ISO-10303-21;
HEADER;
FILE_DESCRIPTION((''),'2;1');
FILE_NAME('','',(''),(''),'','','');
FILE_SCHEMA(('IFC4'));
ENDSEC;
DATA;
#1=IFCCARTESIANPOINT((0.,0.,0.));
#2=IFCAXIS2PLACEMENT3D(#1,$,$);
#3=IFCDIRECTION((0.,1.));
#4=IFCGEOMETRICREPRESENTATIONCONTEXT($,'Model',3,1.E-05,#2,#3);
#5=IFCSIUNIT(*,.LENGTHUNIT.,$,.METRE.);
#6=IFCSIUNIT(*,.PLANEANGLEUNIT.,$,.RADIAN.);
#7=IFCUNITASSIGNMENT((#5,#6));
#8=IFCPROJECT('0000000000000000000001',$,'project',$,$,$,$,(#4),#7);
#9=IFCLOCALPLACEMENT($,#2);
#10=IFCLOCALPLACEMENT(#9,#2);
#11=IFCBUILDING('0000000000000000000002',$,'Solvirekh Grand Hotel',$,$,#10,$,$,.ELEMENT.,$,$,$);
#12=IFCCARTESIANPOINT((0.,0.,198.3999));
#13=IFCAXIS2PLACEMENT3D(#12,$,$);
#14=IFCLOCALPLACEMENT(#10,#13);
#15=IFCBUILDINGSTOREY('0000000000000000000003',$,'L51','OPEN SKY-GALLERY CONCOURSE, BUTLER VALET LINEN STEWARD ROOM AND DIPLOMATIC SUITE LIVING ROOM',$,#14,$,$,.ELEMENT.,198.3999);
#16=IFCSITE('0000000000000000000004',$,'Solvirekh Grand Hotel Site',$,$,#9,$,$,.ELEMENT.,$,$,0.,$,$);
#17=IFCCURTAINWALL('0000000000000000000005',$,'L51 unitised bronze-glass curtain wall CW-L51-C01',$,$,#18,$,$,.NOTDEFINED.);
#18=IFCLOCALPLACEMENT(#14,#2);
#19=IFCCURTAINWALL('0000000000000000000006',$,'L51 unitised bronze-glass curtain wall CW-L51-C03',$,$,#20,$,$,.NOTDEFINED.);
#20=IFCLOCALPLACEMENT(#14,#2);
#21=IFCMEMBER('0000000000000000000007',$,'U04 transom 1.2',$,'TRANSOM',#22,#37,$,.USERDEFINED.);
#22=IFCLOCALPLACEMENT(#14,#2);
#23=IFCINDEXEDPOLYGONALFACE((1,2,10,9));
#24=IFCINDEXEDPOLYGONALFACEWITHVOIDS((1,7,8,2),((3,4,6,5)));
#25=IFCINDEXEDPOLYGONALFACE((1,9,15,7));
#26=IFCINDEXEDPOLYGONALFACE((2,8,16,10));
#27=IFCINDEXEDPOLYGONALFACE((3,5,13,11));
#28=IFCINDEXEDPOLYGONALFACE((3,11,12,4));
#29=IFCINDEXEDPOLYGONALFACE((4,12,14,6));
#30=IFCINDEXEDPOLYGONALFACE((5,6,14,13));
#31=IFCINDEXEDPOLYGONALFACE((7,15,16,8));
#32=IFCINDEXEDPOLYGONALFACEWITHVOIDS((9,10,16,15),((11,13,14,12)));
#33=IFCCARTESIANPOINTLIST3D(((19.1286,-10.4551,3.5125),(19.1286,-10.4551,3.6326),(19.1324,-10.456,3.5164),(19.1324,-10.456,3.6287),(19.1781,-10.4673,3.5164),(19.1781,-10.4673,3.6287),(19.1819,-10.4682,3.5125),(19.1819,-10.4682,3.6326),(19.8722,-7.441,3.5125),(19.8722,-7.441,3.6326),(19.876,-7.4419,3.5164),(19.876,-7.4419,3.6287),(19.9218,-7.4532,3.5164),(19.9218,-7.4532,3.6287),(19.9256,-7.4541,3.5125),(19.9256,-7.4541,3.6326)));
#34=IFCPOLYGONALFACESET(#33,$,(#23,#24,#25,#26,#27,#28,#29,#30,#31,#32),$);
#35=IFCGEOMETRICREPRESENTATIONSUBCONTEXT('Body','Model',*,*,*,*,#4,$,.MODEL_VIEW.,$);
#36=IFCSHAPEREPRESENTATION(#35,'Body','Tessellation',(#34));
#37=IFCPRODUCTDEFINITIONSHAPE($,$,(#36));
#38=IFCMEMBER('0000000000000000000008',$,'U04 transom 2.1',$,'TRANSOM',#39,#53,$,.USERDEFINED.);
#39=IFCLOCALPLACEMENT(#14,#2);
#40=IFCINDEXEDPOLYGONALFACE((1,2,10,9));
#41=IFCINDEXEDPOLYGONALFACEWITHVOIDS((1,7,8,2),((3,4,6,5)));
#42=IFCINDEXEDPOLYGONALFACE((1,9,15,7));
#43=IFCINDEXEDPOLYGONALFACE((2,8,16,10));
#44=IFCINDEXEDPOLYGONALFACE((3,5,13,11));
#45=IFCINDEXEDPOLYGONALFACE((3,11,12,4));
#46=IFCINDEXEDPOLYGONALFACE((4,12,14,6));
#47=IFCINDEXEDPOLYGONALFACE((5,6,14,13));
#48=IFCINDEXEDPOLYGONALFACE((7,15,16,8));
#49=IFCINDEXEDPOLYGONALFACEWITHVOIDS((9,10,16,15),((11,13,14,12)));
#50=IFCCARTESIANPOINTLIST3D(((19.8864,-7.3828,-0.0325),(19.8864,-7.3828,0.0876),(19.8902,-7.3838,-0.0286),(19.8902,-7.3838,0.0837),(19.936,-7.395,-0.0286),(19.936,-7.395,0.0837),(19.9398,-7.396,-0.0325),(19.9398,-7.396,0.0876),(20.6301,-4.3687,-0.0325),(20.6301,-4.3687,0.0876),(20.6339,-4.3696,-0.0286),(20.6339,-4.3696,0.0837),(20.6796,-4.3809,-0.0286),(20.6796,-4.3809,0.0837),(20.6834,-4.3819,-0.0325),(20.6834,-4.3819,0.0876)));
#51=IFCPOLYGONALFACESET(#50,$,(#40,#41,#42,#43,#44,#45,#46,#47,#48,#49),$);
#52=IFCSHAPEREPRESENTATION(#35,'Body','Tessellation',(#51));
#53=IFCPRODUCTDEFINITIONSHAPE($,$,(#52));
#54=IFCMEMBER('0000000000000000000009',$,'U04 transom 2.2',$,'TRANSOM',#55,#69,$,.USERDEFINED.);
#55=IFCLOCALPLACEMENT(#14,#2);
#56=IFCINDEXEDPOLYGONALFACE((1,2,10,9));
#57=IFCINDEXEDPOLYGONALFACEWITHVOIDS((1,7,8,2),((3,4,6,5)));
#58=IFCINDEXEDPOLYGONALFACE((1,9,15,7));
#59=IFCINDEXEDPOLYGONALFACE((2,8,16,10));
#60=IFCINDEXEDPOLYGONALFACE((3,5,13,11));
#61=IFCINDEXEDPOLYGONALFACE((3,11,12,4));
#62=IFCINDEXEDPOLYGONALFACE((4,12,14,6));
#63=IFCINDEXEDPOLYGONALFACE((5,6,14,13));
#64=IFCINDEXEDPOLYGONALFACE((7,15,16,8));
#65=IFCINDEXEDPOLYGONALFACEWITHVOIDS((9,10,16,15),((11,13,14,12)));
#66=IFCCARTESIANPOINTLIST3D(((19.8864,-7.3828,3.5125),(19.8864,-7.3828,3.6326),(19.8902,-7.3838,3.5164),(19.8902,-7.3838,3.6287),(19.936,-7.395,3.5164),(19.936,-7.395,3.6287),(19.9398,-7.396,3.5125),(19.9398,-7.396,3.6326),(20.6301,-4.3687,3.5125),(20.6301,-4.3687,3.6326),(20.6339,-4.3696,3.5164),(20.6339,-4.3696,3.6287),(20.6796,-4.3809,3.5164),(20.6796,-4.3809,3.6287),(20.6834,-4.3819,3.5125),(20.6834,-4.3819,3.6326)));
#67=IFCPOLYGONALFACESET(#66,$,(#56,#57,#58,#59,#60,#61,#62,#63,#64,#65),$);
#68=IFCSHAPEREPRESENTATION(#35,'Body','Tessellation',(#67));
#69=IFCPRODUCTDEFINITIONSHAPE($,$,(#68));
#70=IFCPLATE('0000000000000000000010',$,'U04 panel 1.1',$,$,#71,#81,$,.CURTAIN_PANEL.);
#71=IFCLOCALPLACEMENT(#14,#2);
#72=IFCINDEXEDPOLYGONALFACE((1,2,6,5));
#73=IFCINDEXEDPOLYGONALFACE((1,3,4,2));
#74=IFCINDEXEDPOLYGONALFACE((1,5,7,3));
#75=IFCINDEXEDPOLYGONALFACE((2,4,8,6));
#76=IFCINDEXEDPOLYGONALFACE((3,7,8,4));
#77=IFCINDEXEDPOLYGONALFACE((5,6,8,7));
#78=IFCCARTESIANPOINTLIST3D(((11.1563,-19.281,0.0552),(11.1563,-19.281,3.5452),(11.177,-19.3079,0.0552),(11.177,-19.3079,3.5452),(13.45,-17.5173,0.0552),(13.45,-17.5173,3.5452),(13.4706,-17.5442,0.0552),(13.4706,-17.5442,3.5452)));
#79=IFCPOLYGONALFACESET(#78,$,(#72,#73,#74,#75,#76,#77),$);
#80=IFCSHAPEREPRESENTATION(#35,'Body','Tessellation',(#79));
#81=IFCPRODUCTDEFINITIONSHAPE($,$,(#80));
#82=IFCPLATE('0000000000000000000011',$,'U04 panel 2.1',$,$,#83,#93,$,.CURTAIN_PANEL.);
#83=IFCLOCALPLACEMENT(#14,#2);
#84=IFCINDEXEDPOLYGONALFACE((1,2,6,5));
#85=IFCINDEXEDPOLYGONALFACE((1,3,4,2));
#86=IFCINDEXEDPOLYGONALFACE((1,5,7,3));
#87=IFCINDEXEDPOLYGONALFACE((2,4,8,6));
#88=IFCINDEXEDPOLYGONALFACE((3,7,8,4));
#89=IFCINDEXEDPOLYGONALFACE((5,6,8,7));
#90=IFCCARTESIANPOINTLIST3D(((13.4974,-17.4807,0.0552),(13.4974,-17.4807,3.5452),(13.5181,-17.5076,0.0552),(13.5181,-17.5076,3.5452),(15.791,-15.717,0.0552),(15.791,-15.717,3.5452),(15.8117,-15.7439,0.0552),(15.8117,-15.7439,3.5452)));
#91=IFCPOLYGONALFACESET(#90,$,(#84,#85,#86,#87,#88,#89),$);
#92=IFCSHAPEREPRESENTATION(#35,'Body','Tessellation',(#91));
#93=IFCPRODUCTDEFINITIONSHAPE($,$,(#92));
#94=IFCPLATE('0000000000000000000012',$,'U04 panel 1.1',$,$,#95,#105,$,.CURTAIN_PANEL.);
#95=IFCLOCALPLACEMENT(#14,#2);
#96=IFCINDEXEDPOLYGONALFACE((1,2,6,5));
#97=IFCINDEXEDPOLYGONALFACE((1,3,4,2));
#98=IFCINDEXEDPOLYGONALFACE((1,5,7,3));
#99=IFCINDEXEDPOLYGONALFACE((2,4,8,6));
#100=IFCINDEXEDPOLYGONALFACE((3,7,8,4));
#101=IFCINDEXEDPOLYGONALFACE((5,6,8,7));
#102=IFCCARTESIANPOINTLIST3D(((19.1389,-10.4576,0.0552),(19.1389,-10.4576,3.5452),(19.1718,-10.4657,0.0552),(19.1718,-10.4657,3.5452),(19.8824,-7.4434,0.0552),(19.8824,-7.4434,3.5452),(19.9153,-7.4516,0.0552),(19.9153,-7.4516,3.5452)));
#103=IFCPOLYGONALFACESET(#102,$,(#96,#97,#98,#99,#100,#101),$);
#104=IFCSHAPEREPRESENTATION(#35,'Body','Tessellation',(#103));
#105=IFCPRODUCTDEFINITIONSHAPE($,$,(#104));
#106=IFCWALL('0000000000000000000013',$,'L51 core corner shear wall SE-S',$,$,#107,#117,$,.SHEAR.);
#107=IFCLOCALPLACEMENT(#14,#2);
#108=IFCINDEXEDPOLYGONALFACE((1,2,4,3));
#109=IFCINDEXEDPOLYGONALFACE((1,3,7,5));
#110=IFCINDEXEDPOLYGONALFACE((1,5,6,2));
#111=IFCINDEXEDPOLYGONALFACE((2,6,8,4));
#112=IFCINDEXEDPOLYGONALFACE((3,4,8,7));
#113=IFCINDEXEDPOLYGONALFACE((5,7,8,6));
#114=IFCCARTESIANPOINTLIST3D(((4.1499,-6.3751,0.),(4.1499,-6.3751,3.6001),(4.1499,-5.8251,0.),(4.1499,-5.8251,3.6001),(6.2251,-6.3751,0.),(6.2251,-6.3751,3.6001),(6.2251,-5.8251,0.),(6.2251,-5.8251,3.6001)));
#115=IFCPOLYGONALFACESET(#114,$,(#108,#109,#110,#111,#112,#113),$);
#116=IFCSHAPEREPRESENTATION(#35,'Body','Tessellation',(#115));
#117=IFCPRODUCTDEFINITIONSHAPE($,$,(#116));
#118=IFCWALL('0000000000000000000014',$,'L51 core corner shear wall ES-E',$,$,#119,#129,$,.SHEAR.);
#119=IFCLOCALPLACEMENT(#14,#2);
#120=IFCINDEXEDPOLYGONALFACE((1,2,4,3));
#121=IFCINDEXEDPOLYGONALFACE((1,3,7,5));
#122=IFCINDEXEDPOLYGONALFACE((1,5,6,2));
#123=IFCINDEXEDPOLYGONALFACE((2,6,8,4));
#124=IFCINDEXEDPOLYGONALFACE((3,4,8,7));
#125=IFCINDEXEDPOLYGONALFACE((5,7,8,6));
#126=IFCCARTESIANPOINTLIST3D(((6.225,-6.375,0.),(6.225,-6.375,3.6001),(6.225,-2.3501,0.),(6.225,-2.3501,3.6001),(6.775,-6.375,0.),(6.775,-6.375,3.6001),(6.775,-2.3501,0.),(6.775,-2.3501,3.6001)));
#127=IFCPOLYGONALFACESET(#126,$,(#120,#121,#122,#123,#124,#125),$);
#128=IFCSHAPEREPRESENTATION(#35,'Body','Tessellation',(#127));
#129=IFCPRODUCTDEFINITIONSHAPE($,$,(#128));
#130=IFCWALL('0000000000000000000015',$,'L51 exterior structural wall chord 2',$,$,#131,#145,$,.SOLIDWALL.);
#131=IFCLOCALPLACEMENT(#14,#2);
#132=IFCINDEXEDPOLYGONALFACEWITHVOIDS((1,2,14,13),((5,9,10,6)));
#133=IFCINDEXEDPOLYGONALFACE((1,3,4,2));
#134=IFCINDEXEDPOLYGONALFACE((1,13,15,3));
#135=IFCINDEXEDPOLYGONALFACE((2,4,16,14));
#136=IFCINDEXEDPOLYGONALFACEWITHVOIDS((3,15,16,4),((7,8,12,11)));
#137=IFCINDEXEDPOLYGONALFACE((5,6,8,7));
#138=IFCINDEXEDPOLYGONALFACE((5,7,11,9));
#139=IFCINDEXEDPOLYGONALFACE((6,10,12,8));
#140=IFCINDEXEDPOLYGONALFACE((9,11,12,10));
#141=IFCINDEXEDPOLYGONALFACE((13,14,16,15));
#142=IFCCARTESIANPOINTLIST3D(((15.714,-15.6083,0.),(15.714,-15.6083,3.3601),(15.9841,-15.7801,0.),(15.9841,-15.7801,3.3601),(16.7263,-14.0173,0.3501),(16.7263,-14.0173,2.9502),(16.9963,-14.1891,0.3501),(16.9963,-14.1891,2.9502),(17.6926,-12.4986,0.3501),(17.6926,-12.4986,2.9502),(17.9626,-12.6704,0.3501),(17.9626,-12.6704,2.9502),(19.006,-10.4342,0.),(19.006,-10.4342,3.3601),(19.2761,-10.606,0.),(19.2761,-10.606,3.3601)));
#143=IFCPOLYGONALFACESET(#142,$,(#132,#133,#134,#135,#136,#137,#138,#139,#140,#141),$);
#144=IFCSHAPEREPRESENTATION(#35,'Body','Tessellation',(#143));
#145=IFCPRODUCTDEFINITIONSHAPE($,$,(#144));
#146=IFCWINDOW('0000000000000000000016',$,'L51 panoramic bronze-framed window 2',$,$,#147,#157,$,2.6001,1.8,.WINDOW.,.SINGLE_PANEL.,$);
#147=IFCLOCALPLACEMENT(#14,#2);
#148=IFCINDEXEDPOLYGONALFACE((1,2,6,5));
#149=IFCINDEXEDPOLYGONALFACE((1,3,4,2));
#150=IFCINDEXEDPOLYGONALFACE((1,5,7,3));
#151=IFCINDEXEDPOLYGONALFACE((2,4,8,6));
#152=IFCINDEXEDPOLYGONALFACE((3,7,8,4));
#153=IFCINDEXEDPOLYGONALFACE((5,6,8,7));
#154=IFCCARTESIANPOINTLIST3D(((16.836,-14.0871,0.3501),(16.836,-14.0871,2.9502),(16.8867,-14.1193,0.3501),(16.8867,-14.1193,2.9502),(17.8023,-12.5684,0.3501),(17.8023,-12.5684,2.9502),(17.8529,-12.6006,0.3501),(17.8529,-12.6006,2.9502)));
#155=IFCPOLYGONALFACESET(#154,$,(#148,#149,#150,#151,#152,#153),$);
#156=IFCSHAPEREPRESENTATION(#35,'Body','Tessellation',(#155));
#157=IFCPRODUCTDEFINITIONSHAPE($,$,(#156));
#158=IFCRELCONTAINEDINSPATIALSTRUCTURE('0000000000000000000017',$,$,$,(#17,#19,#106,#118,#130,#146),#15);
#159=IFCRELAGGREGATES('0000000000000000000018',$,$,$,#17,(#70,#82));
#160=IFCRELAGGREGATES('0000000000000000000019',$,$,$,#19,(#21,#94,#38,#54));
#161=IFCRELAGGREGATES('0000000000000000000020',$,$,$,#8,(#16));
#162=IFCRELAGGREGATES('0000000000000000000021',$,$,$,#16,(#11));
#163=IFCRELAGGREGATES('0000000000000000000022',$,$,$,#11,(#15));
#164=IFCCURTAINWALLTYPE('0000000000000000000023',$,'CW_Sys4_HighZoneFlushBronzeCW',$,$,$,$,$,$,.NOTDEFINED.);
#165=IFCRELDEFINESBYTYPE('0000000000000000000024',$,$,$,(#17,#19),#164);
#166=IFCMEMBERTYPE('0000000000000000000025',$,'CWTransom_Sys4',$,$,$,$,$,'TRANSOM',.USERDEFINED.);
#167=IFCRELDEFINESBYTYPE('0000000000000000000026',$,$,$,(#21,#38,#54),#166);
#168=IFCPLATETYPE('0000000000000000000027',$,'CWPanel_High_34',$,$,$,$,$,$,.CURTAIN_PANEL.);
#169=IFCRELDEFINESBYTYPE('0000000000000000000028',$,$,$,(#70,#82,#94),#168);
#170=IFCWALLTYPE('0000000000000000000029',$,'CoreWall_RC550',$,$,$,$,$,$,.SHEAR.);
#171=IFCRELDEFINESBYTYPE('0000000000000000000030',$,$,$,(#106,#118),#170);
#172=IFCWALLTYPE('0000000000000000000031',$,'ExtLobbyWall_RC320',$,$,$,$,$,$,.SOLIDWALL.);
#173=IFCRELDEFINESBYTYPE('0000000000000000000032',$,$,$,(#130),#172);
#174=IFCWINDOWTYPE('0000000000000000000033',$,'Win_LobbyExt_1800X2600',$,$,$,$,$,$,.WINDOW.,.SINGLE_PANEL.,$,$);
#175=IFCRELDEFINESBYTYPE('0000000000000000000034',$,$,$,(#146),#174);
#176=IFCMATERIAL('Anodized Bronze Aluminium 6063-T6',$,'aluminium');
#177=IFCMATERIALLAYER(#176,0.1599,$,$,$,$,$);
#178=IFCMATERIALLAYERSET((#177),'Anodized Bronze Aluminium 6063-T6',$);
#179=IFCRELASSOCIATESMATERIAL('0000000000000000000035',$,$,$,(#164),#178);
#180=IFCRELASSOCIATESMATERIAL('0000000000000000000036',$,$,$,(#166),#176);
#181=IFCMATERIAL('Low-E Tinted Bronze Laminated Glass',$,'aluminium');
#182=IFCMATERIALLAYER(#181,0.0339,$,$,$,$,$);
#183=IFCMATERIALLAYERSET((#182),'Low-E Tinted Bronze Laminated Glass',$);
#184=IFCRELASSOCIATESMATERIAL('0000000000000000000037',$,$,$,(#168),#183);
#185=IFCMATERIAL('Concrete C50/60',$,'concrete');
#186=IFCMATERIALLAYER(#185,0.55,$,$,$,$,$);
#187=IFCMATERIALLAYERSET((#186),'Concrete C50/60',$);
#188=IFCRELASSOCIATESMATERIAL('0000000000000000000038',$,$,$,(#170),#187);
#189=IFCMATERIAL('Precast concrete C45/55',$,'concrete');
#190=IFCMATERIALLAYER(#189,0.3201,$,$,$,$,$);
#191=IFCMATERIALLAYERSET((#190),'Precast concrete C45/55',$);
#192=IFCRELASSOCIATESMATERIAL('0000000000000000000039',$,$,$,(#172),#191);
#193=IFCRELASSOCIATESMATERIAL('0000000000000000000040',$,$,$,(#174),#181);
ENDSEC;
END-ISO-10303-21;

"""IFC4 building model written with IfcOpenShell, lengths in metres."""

from ifc_helpers import new_model, si_unit, direction, frame, frame_2d, origin, origin_2d, place, context, subcontext, project, spatial, rectangle, hollow_rectangle, extrude, source, transform, mapped, material, layer, layer_set, material_profile, profile_set, type_object, element, fill, aggregate, save


model = new_model("IFC4")

# Units and contexts
model_context = context("Model", 3, precision=1e-05, world=origin(), true_north=direction((0.0, 1.0)))
body_context = subcontext(model_context, "Body", "Model", "MODEL_VIEW")
ifc_project = project(units=[si_unit("LENGTHUNIT", "METRE"), si_unit("PLANEANGLEUNIT", "RADIAN")], contexts=[model_context])

# Site, building, storey
site_placement = place(None, origin())
site = spatial("IfcSite", under=ifc_project, at=site_placement, Name="Solvirekh Grand Hotel Site", CompositionType="ELEMENT", RefElevation=0.0)
building_placement = place(site_placement, origin())
building = spatial("IfcBuilding", under=site, at=building_placement, Name="Solvirekh Grand Hotel", CompositionType="ELEMENT")
storey_placement = place(building_placement, frame((0.0, 0.0, 198.3999)))
storey = spatial("IfcBuildingStorey", under=building, at=storey_placement, Name="L51", Description="OPEN SKY-GALLERY CONCOURSE, BUTLER VALET LINEN STEWARD ROOM AND DIPLOMATIC SUITE LIVING ROOM", CompositionType="ELEMENT", Elevation=198.3999)

# Shared definitions
ifc_material_1 = material(Name="Concrete C50/60", Category="concrete")

# Curtain walls
ifc_material_2 = material(Name="Anodized Bronze Aluminium 6063-T6", Category="aluminium")
ifc_layer_1 = layer(ifc_material_2, 0.1599)
ifc_layer_set_1 = layer_set([ifc_layer_1], Name="Anodized Bronze Aluminium 6063-T6")
curtain_wall_type = type_object("IfcCurtainWallType", Name="CW_Sys4_HighZoneFlushBronzeCW", PredefinedType="NOTDEFINED", material=ifc_layer_set_1)
curtain_wall_1_placement = place(storey_placement, origin())
curtain_wall_1 = element("IfcCurtainWall", 1, at=curtain_wall_1_placement, inside=storey, type_object=curtain_wall_type, Name="L51 unitised bronze-glass curtain wall CW-L51-C01", PredefinedType="NOTDEFINED")
curtain_wall_2_placement = place(storey_placement, origin())
curtain_wall_2 = element("IfcCurtainWall", 2, at=curtain_wall_2_placement, inside=storey, type_object=curtain_wall_type, Name="L51 unitised bronze-glass curtain wall CW-L51-C03", PredefinedType="NOTDEFINED")

# Members
ifc_material_profile_1 = material_profile(ifc_material_2, hollow_rectangle(XDim=0.0549, YDim=0.1201, WallThickness=0.0039, at=origin_2d()), Name="ALU RHS 120X55X4")
ifc_profile_set_1 = profile_set([ifc_material_profile_1], Name="Anodized Bronze Aluminium 6063-T6")
member_type_1 = type_object("IfcMemberType", Name="CWTransom_Sys4", ElementType="TRANSOM", PredefinedType="USERDEFINED", material=ifc_profile_set_1)
shared_shape_1 = source(origin(), body_context, "Body", "SweptSolid", [
    extrude(hollow_rectangle(XDim=0.0549, YDim=0.1201, WallThickness=0.0039, at=origin_2d()), origin(), (0.0, 0.0, 1.0), 3.1045),
])
member_1_placement = place(storey_placement, frame((19.1553, -10.4617, 3.5725), z_axis=(0.239537, 0.970887, 0.0), x_axis=(-0.970887, 0.239537, 0.0)))
member_1 = element("IfcMember", 3, at=member_1_placement, type_object=member_type_1, Name="U04 transom 1.2", ObjectType="TRANSOM", PredefinedType="USERDEFINED", context=body_context, shape_type="MappedRepresentation", body=[
    mapped(shared_shape_1, transform((0.0, 0.0, 0.0), x_axis=(1.0, 0.0, 0.0), y_axis=(0.0, 1.0, 0.0), z_axis=(0.0, 0.0, 1.0), scale=1.0)),
])
member_2_placement = place(storey_placement, frame((19.9131, -7.3894, 0.0276), z_axis=(0.239537, 0.970887, 0.0), x_axis=(-0.970887, 0.239537, 0.0)))
member_2 = element("IfcMember", 4, at=member_2_placement, type_object=member_type_1, Name="U04 transom 2.1", ObjectType="TRANSOM", PredefinedType="USERDEFINED", context=body_context, shape_type="MappedRepresentation", body=[
    mapped(shared_shape_1, transform((0.0, 0.0, 0.0), x_axis=(1.0, 0.0, 0.0), y_axis=(0.0, 1.0, 0.0), z_axis=(0.0, 0.0, 1.0), scale=1.0)),
])
member_3_placement = place(storey_placement, frame((19.9131, -7.3894, 3.5725), z_axis=(0.239537, 0.970887, 0.0), x_axis=(-0.970887, 0.239537, 0.0)))
member_3 = element("IfcMember", 5, at=member_3_placement, type_object=member_type_1, Name="U04 transom 2.2", ObjectType="TRANSOM", PredefinedType="USERDEFINED", context=body_context, shape_type="MappedRepresentation", body=[
    mapped(shared_shape_1, transform((0.0, 0.0, 0.0), x_axis=(1.0, 0.0, 0.0), y_axis=(0.0, 1.0, 0.0), z_axis=(0.0, 0.0, 1.0), scale=1.0)),
])

# Plates
ifc_material_3 = material(Name="Low-E Tinted Bronze Laminated Glass", Category="aluminium")
ifc_layer_2 = layer(ifc_material_3, 0.0339)
ifc_layer_set_2 = layer_set([ifc_layer_2], Name="Low-E Tinted Bronze Laminated Glass")
plate_type = type_object("IfcPlateType", Name="CWPanel_High_34", PredefinedType="CURTAIN_PANEL", material=ifc_layer_set_2)
shared_shape_2 = source(origin(), body_context, "Body", "SweptSolid", [
    extrude(rectangle(XDim=2.8933, YDim=0.0339, at=origin_2d()), origin(), (0.0, 0.0, 1.0), 3.49),
])
plate_1_placement = place(storey_placement, frame((12.3135, -18.4126, 0.0552), z_axis=(0.0, 0.0, 1.0), x_axis=(0.792742, 0.609557, 0.0)))
plate_1 = element("IfcPlate", 6, at=plate_1_placement, type_object=plate_type, Name="U04 panel 1.1", PredefinedType="CURTAIN_PANEL", context=body_context, shape_type="MappedRepresentation", body=[
    mapped(shared_shape_2, transform((0.0, 0.0, 0.0), x_axis=(1.0, 0.0, 0.0), y_axis=(0.0, 1.0, 0.0), z_axis=(0.0, 0.0, 1.0), scale=1.0)),
])
plate_2_placement = place(storey_placement, frame((14.6545, -16.6123, 0.0552), z_axis=(0.0, 0.0, 1.0), x_axis=(0.792742, 0.609557, 0.0)))
plate_2 = element("IfcPlate", 7, at=plate_2_placement, type_object=plate_type, Name="U04 panel 2.1", PredefinedType="CURTAIN_PANEL", context=body_context, shape_type="MappedRepresentation", body=[
    mapped(shared_shape_2, transform((0.0, 0.0, 0.0), x_axis=(1.0, 0.0, 0.0), y_axis=(0.0, 1.0, 0.0), z_axis=(0.0, 0.0, 1.0), scale=1.0)),
])
aggregate(curtain_wall_1, [plate_1, plate_2])
shared_shape_3 = source(origin(), body_context, "Body", "SweptSolid", [
    extrude(rectangle(XDim=3.1045, YDim=0.0339, at=origin_2d()), origin(), (0.0, 0.0, 1.0), 3.49),
])
plate_3_placement = place(storey_placement, frame((19.5271, -8.9546, 0.0552), z_axis=(0.0, 0.0, 1.0), x_axis=(0.239478, 0.970902, 0.0)))
plate_3 = element("IfcPlate", 8, at=plate_3_placement, type_object=plate_type, Name="U04 panel 1.1", PredefinedType="CURTAIN_PANEL", context=body_context, shape_type="MappedRepresentation", body=[
    mapped(shared_shape_3, transform((0.0, 0.0, 0.0), x_axis=(1.0, 0.0, 0.0), y_axis=(0.0, 1.0, 0.0), z_axis=(0.0, 0.0, 1.0), scale=1.0)),
])
aggregate(curtain_wall_2, [member_1, plate_3, member_2, member_3])

# Walls
ifc_layer_3 = layer(ifc_material_1, 0.55)
ifc_layer_set_3 = layer_set([ifc_layer_3], Name="Concrete C50/60")
wall_type_1 = type_object("IfcWallType", Name="CoreWall_RC550", PredefinedType="SHEAR", material=ifc_layer_set_3)
wall_1_placement = place(storey_placement, frame((4.1499, -6.1001, 0.0), z_axis=(0.0, 0.0, 1.0), x_axis=(1.0, 0.0, 0.0)))
element("IfcWall", 9, at=wall_1_placement, inside=storey, type_object=wall_type_1, Name="L51 core corner shear wall SE-S", PredefinedType="SHEAR", context=body_context, shape_type="SweptSolid", body=[
    extrude(rectangle(XDim=2.0752, YDim=0.55, at=frame_2d((1.0376, 0.0))), origin(), (0.0, 0.0, 1.0), 3.6001),
])
wall_2_placement = place(storey_placement, frame((6.5, -6.375, 0.0), z_axis=(0.0, 0.0, 1.0), x_axis=(0.0, 1.0, 0.0)))
element("IfcWall", 10, at=wall_2_placement, inside=storey, type_object=wall_type_1, Name="L51 core corner shear wall ES-E", PredefinedType="SHEAR", context=body_context, shape_type="SweptSolid", body=[
    extrude(rectangle(XDim=4.0249, YDim=0.55, at=frame_2d((2.0125, 0.0))), origin(), (0.0, 0.0, 1.0), 3.6001),
])

# Wall, opening, window
ifc_material_4 = material(Name="Precast concrete C45/55", Category="concrete")
ifc_layer_4 = layer(ifc_material_4, 0.3201)
ifc_layer_set_4 = layer_set([ifc_layer_4], Name="Precast concrete C45/55")
wall_type_2 = type_object("IfcWallType", Name="ExtLobbyWall_RC320", PredefinedType="SOLIDWALL", material=ifc_layer_set_4)
wall_3_placement = place(storey_placement, frame((19.1411, -10.52, 0.0), z_axis=(0.0, 0.0, 1.0), x_axis=(-0.536806, -0.843706, 0.0)))
wall_3 = element("IfcWall", 11, at=wall_3_placement, inside=storey, type_object=wall_type_2, Name="L51 exterior structural wall chord 2", PredefinedType="SOLIDWALL", context=body_context, shape_type="SweptSolid", body=[
    extrude(rectangle(XDim=6.1326, YDim=0.3201, at=frame_2d((3.0664, 0.0))), origin(), (0.0, 0.0, 1.0), 3.3601),
])
opening_1_placement = place(wall_3_placement, frame((2.447, 0.0, 0.3501)))
opening_1 = element("IfcOpeningElement", 12, at=opening_1_placement, cuts=wall_3, PredefinedType="OPENING", context=body_context, shape_type="SweptSolid", body=[
    extrude(rectangle(XDim=1.8, YDim=2.6001, at=frame_2d((0.8999, 1.3))), frame((0.0, 0.1699, 0.0), z_axis=(0.0, -1.0, 0.0), x_axis=(1.0, 0.0, 0.0)), (0.0, 0.0, 1.0), 0.3401),
])
window_type = type_object("IfcWindowType", Name="Win_LobbyExt_1800X2600", PartitioningType="SINGLE_PANEL", PredefinedType="WINDOW", material=ifc_material_3)
window_1_placement = place(opening_1_placement, origin())
window_1 = element("IfcWindow", 13, at=window_1_placement, inside=storey, type_object=window_type, Name="L51 panoramic bronze-framed window 2", OverallHeight=2.6001, OverallWidth=1.8, PartitioningType="SINGLE_PANEL", PredefinedType="WINDOW", context=body_context, shape_type="SweptSolid", body=[
    extrude(rectangle(XDim=1.8, YDim=2.6001, at=frame_2d((0.8999, 1.3))), frame((0.0, 0.03, 0.0), z_axis=(0.0, -1.0, 0.0), x_axis=(1.0, 0.0, 0.0)), (0.0, 0.0, 1.0), 0.0601),
])
fill(opening_1, window_1)

save(model, "model.ifc")
